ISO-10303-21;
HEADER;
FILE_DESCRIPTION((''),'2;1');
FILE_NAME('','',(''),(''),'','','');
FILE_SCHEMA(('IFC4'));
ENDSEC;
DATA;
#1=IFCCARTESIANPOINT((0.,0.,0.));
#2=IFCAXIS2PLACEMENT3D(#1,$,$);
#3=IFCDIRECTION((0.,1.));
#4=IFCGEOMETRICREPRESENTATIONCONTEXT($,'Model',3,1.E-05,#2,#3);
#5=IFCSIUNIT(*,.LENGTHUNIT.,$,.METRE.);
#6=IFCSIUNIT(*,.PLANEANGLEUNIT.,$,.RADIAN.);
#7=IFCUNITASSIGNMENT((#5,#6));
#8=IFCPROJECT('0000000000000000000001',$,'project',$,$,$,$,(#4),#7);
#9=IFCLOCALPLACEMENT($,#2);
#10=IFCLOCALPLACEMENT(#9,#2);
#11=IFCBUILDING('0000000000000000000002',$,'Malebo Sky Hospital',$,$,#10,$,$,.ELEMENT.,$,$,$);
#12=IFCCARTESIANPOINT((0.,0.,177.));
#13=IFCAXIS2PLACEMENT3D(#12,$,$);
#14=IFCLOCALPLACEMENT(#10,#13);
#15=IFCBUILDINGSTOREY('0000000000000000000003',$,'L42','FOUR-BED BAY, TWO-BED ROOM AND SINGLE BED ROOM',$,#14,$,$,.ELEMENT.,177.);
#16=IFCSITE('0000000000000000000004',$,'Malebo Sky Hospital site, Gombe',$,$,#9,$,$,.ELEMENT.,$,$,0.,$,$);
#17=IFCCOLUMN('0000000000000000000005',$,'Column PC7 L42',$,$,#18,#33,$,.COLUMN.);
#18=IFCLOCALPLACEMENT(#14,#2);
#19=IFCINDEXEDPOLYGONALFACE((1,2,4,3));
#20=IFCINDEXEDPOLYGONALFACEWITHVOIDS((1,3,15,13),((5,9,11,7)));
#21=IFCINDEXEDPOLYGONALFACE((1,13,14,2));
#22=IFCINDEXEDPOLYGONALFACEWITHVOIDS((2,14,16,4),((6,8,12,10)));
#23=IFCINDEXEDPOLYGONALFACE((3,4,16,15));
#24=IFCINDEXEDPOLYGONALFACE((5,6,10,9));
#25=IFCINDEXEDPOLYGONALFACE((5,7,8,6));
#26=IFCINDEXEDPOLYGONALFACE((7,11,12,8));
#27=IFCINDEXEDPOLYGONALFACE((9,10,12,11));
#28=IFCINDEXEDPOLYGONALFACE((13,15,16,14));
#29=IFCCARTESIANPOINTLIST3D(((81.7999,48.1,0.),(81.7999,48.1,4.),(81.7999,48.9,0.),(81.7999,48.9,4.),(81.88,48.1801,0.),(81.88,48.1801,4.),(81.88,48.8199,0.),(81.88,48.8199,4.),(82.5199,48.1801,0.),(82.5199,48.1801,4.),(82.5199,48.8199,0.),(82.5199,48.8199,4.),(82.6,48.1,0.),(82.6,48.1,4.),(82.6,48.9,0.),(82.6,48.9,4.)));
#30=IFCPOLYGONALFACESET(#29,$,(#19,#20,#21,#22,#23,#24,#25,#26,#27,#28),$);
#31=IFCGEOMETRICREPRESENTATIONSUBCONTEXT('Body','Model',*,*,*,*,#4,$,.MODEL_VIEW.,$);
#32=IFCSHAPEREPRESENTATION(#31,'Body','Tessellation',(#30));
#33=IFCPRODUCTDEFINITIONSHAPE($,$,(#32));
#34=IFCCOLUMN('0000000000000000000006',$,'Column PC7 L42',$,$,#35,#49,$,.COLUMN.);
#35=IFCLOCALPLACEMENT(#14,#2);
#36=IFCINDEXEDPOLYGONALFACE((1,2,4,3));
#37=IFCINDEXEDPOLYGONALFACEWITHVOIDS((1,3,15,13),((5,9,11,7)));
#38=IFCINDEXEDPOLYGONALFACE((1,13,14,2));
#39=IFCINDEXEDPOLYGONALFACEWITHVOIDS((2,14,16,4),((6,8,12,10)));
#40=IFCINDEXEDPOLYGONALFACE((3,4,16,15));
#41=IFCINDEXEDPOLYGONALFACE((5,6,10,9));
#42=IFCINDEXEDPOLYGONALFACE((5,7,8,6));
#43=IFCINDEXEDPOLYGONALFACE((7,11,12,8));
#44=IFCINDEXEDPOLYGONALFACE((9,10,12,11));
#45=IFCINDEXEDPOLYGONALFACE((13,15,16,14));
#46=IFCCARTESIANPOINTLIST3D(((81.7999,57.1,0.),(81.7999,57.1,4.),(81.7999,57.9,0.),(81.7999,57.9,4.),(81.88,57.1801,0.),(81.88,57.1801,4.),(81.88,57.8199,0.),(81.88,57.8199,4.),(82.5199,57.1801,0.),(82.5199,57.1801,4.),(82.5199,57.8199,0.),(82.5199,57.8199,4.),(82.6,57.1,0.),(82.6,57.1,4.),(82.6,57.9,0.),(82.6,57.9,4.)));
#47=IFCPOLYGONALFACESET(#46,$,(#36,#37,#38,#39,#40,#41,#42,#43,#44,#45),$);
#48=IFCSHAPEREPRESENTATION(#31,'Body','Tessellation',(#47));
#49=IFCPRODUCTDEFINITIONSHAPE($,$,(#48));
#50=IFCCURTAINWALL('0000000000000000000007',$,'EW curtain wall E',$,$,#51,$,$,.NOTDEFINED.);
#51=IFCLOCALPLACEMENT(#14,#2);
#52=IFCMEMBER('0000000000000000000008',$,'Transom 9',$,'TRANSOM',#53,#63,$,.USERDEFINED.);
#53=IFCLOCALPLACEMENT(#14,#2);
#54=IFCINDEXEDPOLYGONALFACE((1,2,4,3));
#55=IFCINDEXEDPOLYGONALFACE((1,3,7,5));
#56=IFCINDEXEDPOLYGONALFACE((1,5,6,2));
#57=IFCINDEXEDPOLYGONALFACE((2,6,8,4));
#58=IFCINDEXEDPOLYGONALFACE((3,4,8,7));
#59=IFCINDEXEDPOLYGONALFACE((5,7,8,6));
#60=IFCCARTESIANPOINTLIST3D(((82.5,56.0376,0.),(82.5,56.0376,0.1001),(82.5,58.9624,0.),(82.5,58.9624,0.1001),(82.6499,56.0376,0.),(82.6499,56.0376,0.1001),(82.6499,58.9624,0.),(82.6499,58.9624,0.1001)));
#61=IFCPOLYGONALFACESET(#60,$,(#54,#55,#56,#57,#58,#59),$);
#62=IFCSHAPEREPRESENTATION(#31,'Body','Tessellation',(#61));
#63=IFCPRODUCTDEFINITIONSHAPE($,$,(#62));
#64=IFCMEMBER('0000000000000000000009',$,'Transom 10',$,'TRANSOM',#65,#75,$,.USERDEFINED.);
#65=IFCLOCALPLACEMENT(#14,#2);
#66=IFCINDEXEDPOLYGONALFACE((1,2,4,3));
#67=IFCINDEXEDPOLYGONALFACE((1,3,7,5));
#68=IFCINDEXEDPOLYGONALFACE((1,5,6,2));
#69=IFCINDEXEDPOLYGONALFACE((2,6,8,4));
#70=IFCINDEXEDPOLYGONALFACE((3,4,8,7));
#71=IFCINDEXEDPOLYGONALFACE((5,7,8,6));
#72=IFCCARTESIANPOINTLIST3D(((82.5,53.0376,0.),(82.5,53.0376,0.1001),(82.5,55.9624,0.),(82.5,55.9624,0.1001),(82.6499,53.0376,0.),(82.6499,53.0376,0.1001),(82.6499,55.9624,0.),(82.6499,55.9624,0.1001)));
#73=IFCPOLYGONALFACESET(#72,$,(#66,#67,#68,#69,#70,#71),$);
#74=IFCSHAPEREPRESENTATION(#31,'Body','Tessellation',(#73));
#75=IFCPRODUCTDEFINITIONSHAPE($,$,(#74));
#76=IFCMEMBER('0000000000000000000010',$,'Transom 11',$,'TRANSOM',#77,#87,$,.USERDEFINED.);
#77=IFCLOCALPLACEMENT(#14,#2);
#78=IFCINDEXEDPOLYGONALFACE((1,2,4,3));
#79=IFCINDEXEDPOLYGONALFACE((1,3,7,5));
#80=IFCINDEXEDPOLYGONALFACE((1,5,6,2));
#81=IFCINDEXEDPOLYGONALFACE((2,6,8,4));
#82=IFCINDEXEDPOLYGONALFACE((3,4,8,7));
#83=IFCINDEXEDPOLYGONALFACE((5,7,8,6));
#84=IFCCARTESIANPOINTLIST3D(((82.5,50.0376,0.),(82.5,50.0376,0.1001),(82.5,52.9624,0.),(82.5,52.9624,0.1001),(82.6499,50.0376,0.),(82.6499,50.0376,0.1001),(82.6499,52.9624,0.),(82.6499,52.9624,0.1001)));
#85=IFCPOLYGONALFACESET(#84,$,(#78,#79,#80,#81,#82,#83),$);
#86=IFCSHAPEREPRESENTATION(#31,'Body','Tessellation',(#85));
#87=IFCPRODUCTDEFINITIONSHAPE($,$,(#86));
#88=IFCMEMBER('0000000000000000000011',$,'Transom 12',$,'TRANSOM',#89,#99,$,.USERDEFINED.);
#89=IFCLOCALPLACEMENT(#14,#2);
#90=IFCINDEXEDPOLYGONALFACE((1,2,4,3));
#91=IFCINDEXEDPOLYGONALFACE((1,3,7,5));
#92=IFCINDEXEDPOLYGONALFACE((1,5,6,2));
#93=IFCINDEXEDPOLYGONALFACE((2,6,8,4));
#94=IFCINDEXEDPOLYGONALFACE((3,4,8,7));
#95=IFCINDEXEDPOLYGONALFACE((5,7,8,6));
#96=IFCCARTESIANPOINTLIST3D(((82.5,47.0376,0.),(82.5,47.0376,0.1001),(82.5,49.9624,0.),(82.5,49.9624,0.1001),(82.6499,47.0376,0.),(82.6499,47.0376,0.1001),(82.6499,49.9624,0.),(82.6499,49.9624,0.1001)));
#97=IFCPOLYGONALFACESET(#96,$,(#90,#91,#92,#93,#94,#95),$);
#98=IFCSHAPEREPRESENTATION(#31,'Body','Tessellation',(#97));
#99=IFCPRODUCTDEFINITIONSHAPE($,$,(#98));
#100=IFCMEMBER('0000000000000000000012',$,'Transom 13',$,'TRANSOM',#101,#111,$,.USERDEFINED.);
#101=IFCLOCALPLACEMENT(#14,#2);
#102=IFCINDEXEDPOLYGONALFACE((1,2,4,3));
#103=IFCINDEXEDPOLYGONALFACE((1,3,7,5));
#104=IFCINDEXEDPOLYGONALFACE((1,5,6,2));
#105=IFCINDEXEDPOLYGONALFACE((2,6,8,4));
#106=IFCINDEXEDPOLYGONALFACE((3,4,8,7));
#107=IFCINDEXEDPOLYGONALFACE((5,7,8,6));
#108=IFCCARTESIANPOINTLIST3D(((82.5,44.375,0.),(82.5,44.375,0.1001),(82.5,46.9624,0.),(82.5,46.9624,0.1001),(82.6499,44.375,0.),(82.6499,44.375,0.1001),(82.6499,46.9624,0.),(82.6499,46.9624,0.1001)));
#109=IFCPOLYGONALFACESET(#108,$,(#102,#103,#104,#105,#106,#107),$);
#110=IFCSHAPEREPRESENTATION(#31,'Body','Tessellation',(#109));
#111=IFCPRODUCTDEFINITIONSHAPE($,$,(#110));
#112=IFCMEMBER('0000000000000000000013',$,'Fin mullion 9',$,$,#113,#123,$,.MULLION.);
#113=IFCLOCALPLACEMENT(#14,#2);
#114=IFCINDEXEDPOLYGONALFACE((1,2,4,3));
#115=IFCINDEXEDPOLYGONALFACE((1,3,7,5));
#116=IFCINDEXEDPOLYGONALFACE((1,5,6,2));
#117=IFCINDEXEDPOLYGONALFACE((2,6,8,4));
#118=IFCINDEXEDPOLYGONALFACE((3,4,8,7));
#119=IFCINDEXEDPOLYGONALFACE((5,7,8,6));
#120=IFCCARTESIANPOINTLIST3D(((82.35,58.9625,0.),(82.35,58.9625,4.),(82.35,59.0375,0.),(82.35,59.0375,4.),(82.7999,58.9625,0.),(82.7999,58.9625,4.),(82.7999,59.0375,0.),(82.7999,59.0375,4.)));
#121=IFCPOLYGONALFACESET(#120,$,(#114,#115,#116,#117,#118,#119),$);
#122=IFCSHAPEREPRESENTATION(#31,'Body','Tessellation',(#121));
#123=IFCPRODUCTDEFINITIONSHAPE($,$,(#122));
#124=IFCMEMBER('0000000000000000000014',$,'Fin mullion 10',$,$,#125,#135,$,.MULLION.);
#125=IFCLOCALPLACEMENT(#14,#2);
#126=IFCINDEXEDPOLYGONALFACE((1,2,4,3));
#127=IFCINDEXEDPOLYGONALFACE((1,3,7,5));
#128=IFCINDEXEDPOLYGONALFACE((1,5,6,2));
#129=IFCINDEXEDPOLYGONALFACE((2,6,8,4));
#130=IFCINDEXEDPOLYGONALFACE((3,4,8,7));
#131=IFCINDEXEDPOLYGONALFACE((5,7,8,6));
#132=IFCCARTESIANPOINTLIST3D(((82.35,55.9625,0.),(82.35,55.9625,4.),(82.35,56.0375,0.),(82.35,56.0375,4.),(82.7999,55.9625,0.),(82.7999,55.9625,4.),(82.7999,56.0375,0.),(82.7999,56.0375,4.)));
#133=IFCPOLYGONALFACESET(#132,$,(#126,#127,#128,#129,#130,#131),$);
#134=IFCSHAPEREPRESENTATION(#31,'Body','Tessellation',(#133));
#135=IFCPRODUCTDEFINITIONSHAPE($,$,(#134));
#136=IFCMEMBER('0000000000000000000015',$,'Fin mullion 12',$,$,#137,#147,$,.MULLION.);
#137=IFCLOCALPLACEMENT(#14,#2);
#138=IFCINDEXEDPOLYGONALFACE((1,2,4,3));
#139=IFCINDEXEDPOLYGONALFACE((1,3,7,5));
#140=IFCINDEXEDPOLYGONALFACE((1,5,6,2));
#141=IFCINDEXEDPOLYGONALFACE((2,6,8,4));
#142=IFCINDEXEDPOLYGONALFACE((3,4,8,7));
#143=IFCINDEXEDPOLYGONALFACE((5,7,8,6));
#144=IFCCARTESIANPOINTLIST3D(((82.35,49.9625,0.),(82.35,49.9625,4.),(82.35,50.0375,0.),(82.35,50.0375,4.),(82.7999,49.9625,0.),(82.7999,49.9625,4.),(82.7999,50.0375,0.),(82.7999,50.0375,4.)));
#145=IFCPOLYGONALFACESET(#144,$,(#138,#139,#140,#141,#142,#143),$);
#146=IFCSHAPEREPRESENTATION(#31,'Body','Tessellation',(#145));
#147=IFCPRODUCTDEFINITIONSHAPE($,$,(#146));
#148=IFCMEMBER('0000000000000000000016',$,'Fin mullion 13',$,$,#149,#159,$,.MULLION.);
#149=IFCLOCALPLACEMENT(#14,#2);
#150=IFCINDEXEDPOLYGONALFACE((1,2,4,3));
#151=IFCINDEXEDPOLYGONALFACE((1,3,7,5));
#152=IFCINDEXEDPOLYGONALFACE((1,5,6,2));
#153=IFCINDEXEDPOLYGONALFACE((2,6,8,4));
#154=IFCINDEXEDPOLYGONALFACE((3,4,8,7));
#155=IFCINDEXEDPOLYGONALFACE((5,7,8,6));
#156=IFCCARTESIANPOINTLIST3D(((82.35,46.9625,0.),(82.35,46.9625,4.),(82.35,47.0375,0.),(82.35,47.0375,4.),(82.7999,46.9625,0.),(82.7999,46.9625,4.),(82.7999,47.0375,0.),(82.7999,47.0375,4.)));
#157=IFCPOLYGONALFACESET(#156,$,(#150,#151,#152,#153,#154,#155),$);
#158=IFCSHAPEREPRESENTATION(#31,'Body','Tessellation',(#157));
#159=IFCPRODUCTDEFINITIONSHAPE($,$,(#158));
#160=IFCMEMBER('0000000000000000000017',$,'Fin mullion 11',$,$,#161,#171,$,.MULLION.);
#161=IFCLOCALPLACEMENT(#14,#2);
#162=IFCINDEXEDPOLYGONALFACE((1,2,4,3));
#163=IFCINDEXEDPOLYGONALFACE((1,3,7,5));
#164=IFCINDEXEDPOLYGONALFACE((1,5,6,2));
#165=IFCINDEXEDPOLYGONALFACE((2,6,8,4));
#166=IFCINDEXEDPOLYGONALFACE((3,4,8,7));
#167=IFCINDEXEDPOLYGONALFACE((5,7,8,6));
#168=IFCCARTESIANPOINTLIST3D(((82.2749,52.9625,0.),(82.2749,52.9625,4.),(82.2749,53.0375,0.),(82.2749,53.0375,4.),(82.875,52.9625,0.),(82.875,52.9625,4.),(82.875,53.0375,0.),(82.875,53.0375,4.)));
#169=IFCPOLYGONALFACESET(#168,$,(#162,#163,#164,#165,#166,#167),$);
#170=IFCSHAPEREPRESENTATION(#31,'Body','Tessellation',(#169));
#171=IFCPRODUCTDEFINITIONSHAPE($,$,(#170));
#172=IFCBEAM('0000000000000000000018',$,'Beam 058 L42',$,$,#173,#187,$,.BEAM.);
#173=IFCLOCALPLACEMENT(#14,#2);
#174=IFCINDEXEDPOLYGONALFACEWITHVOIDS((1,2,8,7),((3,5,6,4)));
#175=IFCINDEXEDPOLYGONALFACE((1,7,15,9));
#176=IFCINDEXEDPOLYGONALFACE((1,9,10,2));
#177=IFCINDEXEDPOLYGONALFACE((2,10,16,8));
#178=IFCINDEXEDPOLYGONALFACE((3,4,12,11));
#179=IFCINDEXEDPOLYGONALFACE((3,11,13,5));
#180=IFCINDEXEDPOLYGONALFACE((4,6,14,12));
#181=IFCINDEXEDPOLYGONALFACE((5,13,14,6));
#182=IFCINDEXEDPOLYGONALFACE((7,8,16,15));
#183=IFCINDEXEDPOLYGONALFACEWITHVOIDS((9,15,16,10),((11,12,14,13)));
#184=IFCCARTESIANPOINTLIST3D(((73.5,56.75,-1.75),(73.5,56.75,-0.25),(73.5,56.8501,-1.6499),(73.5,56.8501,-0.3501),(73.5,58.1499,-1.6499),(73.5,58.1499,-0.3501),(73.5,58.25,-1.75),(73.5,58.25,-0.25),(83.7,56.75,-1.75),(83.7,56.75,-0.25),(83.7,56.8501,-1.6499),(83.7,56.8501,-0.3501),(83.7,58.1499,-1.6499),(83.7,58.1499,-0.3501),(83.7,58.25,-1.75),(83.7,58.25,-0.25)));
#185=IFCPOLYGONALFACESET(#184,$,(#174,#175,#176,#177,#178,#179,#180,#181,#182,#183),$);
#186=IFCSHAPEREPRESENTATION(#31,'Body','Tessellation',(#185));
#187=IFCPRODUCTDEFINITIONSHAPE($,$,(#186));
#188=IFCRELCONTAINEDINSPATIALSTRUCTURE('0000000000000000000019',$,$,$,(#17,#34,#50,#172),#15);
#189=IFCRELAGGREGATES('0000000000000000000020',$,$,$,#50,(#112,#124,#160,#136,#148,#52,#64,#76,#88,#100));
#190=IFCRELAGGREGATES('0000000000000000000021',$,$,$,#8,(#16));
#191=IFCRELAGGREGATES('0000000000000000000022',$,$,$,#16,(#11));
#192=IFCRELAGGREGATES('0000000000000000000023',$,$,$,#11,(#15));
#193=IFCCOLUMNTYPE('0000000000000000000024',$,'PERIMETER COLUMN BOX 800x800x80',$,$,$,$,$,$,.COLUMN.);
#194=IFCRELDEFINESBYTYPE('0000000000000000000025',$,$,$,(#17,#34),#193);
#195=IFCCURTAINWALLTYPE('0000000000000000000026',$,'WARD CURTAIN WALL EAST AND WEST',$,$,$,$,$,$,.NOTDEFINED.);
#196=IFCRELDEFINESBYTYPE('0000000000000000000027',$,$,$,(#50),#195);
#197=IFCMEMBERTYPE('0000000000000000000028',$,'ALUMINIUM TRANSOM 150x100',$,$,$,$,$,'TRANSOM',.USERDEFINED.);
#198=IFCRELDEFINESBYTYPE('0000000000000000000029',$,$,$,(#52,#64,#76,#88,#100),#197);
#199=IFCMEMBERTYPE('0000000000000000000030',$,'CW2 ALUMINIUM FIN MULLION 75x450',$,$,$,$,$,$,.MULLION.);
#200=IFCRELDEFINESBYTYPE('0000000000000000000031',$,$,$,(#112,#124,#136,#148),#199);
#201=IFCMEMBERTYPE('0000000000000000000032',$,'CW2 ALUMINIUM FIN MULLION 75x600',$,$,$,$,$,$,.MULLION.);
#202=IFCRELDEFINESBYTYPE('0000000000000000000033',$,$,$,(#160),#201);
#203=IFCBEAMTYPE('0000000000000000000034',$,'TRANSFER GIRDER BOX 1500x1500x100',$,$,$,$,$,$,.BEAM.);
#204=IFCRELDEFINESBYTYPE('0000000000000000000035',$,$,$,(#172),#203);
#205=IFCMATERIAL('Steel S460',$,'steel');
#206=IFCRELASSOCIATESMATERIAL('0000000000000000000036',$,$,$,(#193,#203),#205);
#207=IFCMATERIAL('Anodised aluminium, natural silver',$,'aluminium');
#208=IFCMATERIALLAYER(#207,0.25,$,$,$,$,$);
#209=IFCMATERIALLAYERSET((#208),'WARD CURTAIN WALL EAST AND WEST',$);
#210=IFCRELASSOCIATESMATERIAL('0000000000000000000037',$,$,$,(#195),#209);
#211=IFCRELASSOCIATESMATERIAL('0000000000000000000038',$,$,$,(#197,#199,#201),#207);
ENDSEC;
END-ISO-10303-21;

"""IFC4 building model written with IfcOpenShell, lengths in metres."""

from ifc_helpers import new_model, si_unit, direction, frame, origin, origin_2d, place, context, subcontext, project, spatial, rectangle, hollow_rectangle, extrude, material, layer, layer_set, material_profile, profile_set, type_object, element, aggregate, save


model = new_model("IFC4")

# Units and contexts
model_context = context("Model", 3, precision=1e-05, world=origin(), true_north=direction((0.0, 1.0)))
body_context = subcontext(model_context, "Body", "Model", "MODEL_VIEW")
ifc_project = project(units=[si_unit("LENGTHUNIT", "METRE"), si_unit("PLANEANGLEUNIT", "RADIAN")], contexts=[model_context])

# Site, building, storey
site_placement = place(None, origin())
site = spatial("IfcSite", under=ifc_project, at=site_placement, Name="Malebo Sky Hospital site, Gombe", CompositionType="ELEMENT", RefElevation=0.0)
building_placement = place(site_placement, origin())
building = spatial("IfcBuilding", under=site, at=building_placement, Name="Malebo Sky Hospital", CompositionType="ELEMENT")
storey_placement = place(building_placement, frame((0.0, 0.0, 177.0)))
storey = spatial("IfcBuildingStorey", under=building, at=storey_placement, Name="L42", Description="FOUR-BED BAY, TWO-BED ROOM AND SINGLE BED ROOM", CompositionType="ELEMENT", Elevation=177.0)

# Columns
ifc_material_1 = material(Name="Steel S460", Category="steel")
ifc_material_profile_1 = material_profile(ifc_material_1, hollow_rectangle(XDim=0.8, YDim=0.8, WallThickness=0.0801, at=origin_2d()), Name="BOX 800x800x80")
ifc_profile_set_1 = profile_set([ifc_material_profile_1], Name="Steel S460")
column_type = type_object("IfcColumnType", Name="PERIMETER COLUMN BOX 800x800x80", PredefinedType="COLUMN", material=ifc_profile_set_1)
for number, where, z_axis, x_axis, name in (
    (1, (82.2, 48.5, 0.0), (0.0, 0.0, 1.0), (1.0, 0.0, 0.0), "Column PC7 L42"),
    (2, (82.2, 57.5, 0.0), (0.0, 0.0, 1.0), (1.0, 0.0, 0.0), "Column PC7 L42"),
):
    element("IfcColumn", number, at=place(storey_placement, frame(where, z_axis=z_axis, x_axis=x_axis)), inside=storey, type_object=column_type, Name=name, PredefinedType="COLUMN", context=body_context, shape_type="SweptSolid", body=[
        extrude(hollow_rectangle(XDim=0.8, YDim=0.8, WallThickness=0.0801, at=origin_2d()), origin(), (0.0, 0.0, 1.0), 4.0),
    ])

# Curtain wall, members
ifc_material_2 = material(Name="Anodised aluminium, natural silver", Category="aluminium")
ifc_layer_1 = layer(ifc_material_2, 0.25)
ifc_layer_set_1 = layer_set([ifc_layer_1], Name="WARD CURTAIN WALL EAST AND WEST")
curtain_wall_type = type_object("IfcCurtainWallType", Name="WARD CURTAIN WALL EAST AND WEST", PredefinedType="NOTDEFINED", material=ifc_layer_set_1)
curtain_wall_placement = place(storey_placement, origin())
curtain_wall = element("IfcCurtainWall", 3, at=curtain_wall_placement, inside=storey, type_object=curtain_wall_type, Name="EW curtain wall E", PredefinedType="NOTDEFINED")
ifc_material_profile_2 = material_profile(ifc_material_2, rectangle(XDim=0.1499, YDim=0.1001, at=origin_2d()), Name="ALUMINIUM TRANSOM 150x100")
ifc_profile_set_2 = profile_set([ifc_material_profile_2], Name="Anodised aluminium, natural silver")
member_type_1 = type_object("IfcMemberType", Name="ALUMINIUM TRANSOM 150x100", ElementType="TRANSOM", PredefinedType="USERDEFINED", material=ifc_profile_set_2)
member_1_placement = place(storey_placement, frame((82.575, 58.9624, 0.05), z_axis=(0.0, -1.0, 0.0), x_axis=(1.0, 0.0, 0.0)))
member_1 = element("IfcMember", 4, at=member_1_placement, type_object=member_type_1, Name="Transom 9", ObjectType="TRANSOM", PredefinedType="USERDEFINED", context=body_context, shape_type="SweptSolid", body=[
    extrude(rectangle(XDim=0.1499, YDim=0.1001, at=origin_2d()), origin(), (0.0, 0.0, 1.0), 2.9248),
])
member_2_placement = place(storey_placement, frame((82.575, 55.9624, 0.05), z_axis=(0.0, -1.0, 0.0), x_axis=(1.0, 0.0, 0.0)))
member_2 = element("IfcMember", 5, at=member_2_placement, type_object=member_type_1, Name="Transom 10", ObjectType="TRANSOM", PredefinedType="USERDEFINED", context=body_context, shape_type="SweptSolid", body=[
    extrude(rectangle(XDim=0.1499, YDim=0.1001, at=origin_2d()), origin(), (0.0, 0.0, 1.0), 2.9248),
])
member_3_placement = place(storey_placement, frame((82.575, 52.9624, 0.05), z_axis=(0.0, -1.0, 0.0), x_axis=(1.0, 0.0, 0.0)))
member_3 = element("IfcMember", 6, at=member_3_placement, type_object=member_type_1, Name="Transom 11", ObjectType="TRANSOM", PredefinedType="USERDEFINED", context=body_context, shape_type="SweptSolid", body=[
    extrude(rectangle(XDim=0.1499, YDim=0.1001, at=origin_2d()), origin(), (0.0, 0.0, 1.0), 2.9248),
])
member_4_placement = place(storey_placement, frame((82.575, 49.9624, 0.05), z_axis=(0.0, -1.0, 0.0), x_axis=(1.0, 0.0, 0.0)))
member_4 = element("IfcMember", 7, at=member_4_placement, type_object=member_type_1, Name="Transom 12", ObjectType="TRANSOM", PredefinedType="USERDEFINED", context=body_context, shape_type="SweptSolid", body=[
    extrude(rectangle(XDim=0.1499, YDim=0.1001, at=origin_2d()), origin(), (0.0, 0.0, 1.0), 2.9248),
])
member_5_placement = place(storey_placement, frame((82.575, 46.9624, 0.05), z_axis=(0.0, -1.0, 0.0), x_axis=(1.0, 0.0, 0.0)))
member_5 = element("IfcMember", 8, at=member_5_placement, type_object=member_type_1, Name="Transom 13", ObjectType="TRANSOM", PredefinedType="USERDEFINED", context=body_context, shape_type="SweptSolid", body=[
    extrude(rectangle(XDim=0.1499, YDim=0.1001, at=origin_2d()), origin(), (0.0, 0.0, 1.0), 2.5874),
])
ifc_material_profile_3 = material_profile(ifc_material_2, rectangle(XDim=0.075, YDim=0.45, at=origin_2d()), Name="CW2 ALUMINIUM FIN MULLION 75x450")
ifc_profile_set_3 = profile_set([ifc_material_profile_3], Name="Anodised aluminium, natural silver")
member_type_2 = type_object("IfcMemberType", Name="CW2 ALUMINIUM FIN MULLION 75x450", PredefinedType="MULLION", material=ifc_profile_set_3)
member_6_placement = place(storey_placement, frame((82.575, 59.0, 0.0), z_axis=(0.0, 0.0, 1.0), x_axis=(0.0, -1.0, 0.0)))
member_6 = element("IfcMember", 9, at=member_6_placement, type_object=member_type_2, Name="Fin mullion 9", PredefinedType="MULLION", context=body_context, shape_type="SweptSolid", body=[
    extrude(rectangle(XDim=0.075, YDim=0.45, at=origin_2d()), origin(), (0.0, 0.0, 1.0), 4.0),
])
member_7_placement = place(storey_placement, frame((82.575, 56.0, 0.0), z_axis=(0.0, 0.0, 1.0), x_axis=(0.0, -1.0, 0.0)))
member_7 = element("IfcMember", 10, at=member_7_placement, type_object=member_type_2, Name="Fin mullion 10", PredefinedType="MULLION", context=body_context, shape_type="SweptSolid", body=[
    extrude(rectangle(XDim=0.075, YDim=0.45, at=origin_2d()), origin(), (0.0, 0.0, 1.0), 4.0),
])
member_8_placement = place(storey_placement, frame((82.575, 50.0, 0.0), z_axis=(0.0, 0.0, 1.0), x_axis=(0.0, -1.0, 0.0)))
member_8 = element("IfcMember", 11, at=member_8_placement, type_object=member_type_2, Name="Fin mullion 12", PredefinedType="MULLION", context=body_context, shape_type="SweptSolid", body=[
    extrude(rectangle(XDim=0.075, YDim=0.45, at=origin_2d()), origin(), (0.0, 0.0, 1.0), 4.0),
])
member_9_placement = place(storey_placement, frame((82.575, 47.0, 0.0), z_axis=(0.0, 0.0, 1.0), x_axis=(0.0, -1.0, 0.0)))
member_9 = element("IfcMember", 12, at=member_9_placement, type_object=member_type_2, Name="Fin mullion 13", PredefinedType="MULLION", context=body_context, shape_type="SweptSolid", body=[
    extrude(rectangle(XDim=0.075, YDim=0.45, at=origin_2d()), origin(), (0.0, 0.0, 1.0), 4.0),
])
ifc_material_profile_4 = material_profile(ifc_material_2, rectangle(XDim=0.075, YDim=0.6001, at=origin_2d()), Name="CW2 ALUMINIUM FIN MULLION 75x600")
ifc_profile_set_4 = profile_set([ifc_material_profile_4], Name="Anodised aluminium, natural silver")
member_type_3 = type_object("IfcMemberType", Name="CW2 ALUMINIUM FIN MULLION 75x600", PredefinedType="MULLION", material=ifc_profile_set_4)
member_10_placement = place(storey_placement, frame((82.575, 53.0, 0.0), z_axis=(0.0, 0.0, 1.0), x_axis=(0.0, -1.0, 0.0)))
member_10 = element("IfcMember", 13, at=member_10_placement, type_object=member_type_3, Name="Fin mullion 11", PredefinedType="MULLION", context=body_context, shape_type="SweptSolid", body=[
    extrude(rectangle(XDim=0.075, YDim=0.6001, at=origin_2d()), origin(), (0.0, 0.0, 1.0), 4.0),
])

# Beam
ifc_material_profile_5 = material_profile(ifc_material_1, hollow_rectangle(XDim=1.5, YDim=1.5, WallThickness=0.1001, at=origin_2d()), Name="BOX 1500x1500x100")
ifc_profile_set_5 = profile_set([ifc_material_profile_5], Name="Steel S460")
beam_type_1 = type_object("IfcBeamType", Name="TRANSFER GIRDER BOX 1500x1500x100", PredefinedType="BEAM", material=ifc_profile_set_5)
beam_1_placement = place(storey_placement, frame((73.5, 57.5, -1.0), z_axis=(1.0, 0.0, 0.0), x_axis=(0.0, 1.0, 0.0)))
element("IfcBeam", 14, at=beam_1_placement, inside=storey, type_object=beam_type_1, Name="Beam 058 L42", PredefinedType="BEAM", context=body_context, shape_type="SweptSolid", body=[
    extrude(hollow_rectangle(XDim=1.5, YDim=1.5, WallThickness=0.1001, at=origin_2d()), origin(), (0.0, 0.0, 1.0), 10.2),
])

aggregate(curtain_wall, [member_6, member_7, member_10, member_8, member_9, member_1, member_2, member_3, member_4, member_5])

save(model, "model.ifc")
